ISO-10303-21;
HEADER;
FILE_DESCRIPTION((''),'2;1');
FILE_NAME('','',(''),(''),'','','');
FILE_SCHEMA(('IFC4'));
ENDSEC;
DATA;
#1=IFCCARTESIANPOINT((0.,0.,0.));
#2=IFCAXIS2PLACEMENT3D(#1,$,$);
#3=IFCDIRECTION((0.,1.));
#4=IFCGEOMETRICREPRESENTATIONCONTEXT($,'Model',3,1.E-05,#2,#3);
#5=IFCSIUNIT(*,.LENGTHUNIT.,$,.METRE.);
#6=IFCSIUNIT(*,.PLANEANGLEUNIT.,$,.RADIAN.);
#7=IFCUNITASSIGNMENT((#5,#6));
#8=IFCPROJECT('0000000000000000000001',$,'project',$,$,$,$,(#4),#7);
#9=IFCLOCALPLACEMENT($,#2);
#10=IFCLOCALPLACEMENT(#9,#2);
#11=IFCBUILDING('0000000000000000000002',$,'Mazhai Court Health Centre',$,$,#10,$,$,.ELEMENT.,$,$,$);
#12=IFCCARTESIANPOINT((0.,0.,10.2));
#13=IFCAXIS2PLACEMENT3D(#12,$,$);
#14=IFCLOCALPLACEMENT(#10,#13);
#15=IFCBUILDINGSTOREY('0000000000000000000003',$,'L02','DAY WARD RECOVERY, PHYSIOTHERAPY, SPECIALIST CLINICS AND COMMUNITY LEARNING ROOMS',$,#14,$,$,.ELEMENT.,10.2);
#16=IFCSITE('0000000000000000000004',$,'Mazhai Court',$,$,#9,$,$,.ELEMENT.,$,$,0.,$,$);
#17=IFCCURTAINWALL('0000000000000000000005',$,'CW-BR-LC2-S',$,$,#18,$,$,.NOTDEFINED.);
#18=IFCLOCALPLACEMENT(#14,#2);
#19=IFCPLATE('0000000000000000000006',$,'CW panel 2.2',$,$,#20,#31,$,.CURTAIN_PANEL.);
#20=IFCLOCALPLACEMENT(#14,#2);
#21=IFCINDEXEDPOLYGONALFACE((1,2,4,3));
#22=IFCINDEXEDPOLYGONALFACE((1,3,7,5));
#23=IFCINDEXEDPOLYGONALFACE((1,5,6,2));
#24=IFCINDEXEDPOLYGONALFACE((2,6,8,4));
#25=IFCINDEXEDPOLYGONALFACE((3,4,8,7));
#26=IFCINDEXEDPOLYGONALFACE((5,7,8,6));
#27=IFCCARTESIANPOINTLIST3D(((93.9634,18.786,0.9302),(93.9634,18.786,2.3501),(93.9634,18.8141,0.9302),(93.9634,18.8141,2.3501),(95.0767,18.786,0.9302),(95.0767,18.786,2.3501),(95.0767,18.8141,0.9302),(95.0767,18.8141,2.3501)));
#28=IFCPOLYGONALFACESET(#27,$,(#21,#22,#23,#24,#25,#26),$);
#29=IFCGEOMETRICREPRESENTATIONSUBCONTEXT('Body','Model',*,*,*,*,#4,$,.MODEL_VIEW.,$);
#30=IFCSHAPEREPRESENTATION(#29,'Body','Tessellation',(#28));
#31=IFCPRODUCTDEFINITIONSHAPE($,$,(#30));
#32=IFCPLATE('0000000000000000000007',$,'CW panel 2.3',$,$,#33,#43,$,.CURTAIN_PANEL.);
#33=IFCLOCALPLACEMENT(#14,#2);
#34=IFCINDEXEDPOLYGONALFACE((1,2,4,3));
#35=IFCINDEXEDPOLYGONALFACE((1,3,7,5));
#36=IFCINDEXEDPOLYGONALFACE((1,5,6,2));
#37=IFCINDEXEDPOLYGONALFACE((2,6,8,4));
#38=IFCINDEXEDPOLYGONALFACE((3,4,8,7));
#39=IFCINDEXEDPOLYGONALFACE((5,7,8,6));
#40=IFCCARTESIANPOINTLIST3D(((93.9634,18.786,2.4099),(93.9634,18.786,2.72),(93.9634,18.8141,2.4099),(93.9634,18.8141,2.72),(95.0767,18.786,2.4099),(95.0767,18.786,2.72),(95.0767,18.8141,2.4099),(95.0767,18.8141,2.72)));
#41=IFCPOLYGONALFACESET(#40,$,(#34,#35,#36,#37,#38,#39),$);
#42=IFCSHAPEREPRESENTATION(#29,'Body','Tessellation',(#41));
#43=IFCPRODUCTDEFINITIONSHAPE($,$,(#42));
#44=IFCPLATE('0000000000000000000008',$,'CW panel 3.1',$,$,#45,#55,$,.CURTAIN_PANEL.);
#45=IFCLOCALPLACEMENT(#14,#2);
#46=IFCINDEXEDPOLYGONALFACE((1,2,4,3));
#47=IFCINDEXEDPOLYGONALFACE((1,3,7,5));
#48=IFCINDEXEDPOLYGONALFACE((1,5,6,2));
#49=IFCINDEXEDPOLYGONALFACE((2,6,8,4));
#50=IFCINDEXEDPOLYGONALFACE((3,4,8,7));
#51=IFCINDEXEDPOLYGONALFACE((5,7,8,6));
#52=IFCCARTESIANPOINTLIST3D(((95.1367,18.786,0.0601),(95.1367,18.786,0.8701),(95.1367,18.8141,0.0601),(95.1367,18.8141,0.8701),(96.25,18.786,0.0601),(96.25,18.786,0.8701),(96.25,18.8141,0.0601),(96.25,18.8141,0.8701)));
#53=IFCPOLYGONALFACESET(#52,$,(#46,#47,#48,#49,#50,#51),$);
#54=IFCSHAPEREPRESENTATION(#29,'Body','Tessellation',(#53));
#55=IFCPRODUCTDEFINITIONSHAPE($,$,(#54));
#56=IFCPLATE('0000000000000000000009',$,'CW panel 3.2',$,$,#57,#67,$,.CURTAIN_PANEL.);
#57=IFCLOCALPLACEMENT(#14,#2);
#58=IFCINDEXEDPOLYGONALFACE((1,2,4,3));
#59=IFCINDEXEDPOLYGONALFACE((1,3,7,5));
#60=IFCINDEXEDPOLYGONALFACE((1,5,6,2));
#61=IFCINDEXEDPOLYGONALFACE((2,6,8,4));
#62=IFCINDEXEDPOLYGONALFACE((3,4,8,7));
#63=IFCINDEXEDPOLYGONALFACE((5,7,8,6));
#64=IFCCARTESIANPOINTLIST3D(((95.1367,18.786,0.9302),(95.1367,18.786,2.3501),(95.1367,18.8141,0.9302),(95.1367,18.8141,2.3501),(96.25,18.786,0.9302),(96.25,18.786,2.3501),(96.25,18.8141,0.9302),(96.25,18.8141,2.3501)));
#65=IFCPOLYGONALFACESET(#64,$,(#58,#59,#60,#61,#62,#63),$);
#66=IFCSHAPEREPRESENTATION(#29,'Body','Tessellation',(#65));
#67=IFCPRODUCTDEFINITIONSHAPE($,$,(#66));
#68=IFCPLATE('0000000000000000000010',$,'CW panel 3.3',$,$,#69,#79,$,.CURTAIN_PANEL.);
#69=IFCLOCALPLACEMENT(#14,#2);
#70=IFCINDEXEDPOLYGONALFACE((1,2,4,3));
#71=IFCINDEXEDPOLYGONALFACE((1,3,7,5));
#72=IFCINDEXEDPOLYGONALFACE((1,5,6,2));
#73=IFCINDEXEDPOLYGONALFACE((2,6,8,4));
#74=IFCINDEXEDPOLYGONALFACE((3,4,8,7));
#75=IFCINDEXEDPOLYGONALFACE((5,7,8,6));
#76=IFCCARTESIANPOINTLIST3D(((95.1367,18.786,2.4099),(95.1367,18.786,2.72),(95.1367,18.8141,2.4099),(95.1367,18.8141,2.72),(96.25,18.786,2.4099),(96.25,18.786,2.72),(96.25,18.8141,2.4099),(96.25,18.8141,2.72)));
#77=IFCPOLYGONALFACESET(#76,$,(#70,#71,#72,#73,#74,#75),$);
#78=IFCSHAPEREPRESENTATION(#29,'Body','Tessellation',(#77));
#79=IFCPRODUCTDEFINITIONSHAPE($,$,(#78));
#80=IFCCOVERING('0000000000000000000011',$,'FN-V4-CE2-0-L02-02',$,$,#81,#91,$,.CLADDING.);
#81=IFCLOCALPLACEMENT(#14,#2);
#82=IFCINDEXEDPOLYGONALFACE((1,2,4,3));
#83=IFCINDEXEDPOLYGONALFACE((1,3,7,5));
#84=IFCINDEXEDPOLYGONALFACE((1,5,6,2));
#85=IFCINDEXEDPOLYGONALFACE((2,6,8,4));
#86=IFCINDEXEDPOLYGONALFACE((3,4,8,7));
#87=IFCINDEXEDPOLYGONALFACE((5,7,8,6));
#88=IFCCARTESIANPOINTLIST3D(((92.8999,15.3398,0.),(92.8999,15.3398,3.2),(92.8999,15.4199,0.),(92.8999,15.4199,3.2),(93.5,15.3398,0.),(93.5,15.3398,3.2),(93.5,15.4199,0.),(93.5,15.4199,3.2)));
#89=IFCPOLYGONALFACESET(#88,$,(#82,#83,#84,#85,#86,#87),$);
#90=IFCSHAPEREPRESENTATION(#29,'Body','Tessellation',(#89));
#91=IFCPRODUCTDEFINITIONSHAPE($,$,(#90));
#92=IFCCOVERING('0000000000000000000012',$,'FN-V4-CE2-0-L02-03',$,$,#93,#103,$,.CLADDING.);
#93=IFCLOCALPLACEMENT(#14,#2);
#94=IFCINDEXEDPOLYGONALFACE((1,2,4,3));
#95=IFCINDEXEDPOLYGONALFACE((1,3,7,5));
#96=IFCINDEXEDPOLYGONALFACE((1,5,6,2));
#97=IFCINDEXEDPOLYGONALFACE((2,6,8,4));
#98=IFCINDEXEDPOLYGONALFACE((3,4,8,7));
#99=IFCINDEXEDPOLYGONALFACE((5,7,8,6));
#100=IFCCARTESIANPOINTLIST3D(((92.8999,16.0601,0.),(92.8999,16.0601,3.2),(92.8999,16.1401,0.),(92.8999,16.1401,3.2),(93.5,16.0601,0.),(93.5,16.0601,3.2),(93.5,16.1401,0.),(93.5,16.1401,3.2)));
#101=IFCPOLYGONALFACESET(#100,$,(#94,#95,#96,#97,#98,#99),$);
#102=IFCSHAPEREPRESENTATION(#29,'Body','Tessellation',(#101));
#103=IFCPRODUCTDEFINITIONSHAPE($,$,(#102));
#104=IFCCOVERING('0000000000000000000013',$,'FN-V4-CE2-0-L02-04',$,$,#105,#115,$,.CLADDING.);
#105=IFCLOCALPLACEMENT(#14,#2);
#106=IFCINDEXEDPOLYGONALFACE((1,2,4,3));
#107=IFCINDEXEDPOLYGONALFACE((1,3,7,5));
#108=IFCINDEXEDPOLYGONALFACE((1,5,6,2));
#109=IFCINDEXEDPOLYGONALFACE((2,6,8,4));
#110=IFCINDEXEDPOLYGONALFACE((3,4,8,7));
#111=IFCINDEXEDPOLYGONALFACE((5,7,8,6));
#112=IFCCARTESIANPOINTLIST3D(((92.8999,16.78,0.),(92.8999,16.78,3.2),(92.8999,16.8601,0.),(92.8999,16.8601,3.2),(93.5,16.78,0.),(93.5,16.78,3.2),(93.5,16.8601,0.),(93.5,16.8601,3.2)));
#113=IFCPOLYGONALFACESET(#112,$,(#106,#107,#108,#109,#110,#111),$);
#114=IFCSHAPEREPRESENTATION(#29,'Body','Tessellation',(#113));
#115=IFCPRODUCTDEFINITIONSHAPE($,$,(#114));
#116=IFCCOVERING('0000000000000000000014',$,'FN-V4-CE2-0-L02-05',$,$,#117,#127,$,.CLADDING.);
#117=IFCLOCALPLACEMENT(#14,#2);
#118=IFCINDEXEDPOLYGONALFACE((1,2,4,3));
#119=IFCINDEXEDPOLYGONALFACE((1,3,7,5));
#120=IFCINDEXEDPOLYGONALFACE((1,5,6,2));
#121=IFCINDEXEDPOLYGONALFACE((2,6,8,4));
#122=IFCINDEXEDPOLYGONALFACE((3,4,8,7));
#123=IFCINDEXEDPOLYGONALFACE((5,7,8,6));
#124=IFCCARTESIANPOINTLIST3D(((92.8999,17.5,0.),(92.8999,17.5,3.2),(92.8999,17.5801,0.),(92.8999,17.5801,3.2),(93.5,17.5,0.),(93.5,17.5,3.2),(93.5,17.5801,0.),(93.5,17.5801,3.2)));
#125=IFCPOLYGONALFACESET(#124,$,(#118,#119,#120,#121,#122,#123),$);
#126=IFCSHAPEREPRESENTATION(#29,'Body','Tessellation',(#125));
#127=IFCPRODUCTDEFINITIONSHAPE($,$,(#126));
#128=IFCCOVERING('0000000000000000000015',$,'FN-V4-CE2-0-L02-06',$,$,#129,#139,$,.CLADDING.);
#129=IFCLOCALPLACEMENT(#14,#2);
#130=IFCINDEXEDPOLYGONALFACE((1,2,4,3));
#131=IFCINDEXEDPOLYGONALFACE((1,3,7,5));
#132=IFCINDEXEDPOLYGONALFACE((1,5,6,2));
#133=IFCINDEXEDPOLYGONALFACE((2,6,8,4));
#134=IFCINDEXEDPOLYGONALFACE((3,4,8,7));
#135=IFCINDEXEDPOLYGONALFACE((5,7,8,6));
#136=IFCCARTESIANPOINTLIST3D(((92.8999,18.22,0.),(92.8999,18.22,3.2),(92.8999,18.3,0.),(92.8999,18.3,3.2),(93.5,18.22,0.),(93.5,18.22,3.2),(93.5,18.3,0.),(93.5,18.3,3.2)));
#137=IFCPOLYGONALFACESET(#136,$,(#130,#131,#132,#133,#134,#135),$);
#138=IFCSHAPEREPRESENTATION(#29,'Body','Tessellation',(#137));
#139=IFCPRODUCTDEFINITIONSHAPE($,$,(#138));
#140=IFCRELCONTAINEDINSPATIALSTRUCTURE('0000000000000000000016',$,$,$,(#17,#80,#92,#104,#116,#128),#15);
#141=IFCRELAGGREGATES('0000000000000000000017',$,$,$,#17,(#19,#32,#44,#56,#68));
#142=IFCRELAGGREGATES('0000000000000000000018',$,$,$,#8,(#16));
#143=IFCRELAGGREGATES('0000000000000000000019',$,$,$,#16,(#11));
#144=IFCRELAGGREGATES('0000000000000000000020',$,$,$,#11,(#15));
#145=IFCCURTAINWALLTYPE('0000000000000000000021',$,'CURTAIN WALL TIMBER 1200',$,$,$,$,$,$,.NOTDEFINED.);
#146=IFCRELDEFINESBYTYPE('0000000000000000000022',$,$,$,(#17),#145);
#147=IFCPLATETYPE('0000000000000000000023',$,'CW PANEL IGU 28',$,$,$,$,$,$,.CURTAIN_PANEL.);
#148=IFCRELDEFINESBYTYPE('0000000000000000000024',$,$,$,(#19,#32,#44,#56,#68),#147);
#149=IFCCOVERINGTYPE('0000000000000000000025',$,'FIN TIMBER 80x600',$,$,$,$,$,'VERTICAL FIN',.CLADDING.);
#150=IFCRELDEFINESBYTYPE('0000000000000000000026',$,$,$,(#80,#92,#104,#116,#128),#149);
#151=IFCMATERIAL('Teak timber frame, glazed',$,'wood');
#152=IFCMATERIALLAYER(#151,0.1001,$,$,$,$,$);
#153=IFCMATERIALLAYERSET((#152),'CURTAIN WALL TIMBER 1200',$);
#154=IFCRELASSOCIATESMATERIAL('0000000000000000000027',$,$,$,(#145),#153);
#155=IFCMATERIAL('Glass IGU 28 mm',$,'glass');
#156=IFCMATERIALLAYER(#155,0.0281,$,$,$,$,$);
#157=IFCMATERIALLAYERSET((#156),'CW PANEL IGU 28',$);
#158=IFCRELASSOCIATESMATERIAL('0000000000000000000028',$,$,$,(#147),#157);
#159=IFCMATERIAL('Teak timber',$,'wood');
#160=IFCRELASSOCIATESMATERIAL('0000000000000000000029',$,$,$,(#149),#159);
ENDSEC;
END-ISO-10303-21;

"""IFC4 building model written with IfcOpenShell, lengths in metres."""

from ifc_helpers import new_model, si_unit, direction, frame, origin, origin_2d, place, context, subcontext, project, spatial, rectangle, extrude, material, layer, layer_set, type_object, element, aggregate, save


model = new_model("IFC4")

# Units and contexts
model_context = context("Model", 3, precision=1e-05, world=origin(), true_north=direction((0.0, 1.0)))
body_context = subcontext(model_context, "Body", "Model", "MODEL_VIEW")
ifc_project = project(units=[si_unit("LENGTHUNIT", "METRE"), si_unit("PLANEANGLEUNIT", "RADIAN")], contexts=[model_context])

# Site, building, storey
site_placement = place(None, origin())
site = spatial("IfcSite", under=ifc_project, at=site_placement, Name="Mazhai Court", CompositionType="ELEMENT", RefElevation=0.0)
building_placement = place(site_placement, origin())
building = spatial("IfcBuilding", under=site, at=building_placement, Name="Mazhai Court Health Centre", CompositionType="ELEMENT")
storey_placement = place(building_placement, frame((0.0, 0.0, 10.2)))
storey = spatial("IfcBuildingStorey", under=building, at=storey_placement, Name="L02", Description="DAY WARD RECOVERY, PHYSIOTHERAPY, SPECIALIST CLINICS AND COMMUNITY LEARNING ROOMS", CompositionType="ELEMENT", Elevation=10.2)

# Curtain wall, plates
ifc_material_1 = material(Name="Teak timber frame, glazed", Category="wood")
ifc_layer_1 = layer(ifc_material_1, 0.1001)
ifc_layer_set_1 = layer_set([ifc_layer_1], Name="CURTAIN WALL TIMBER 1200")
curtain_wall_type = type_object("IfcCurtainWallType", Name="CURTAIN WALL TIMBER 1200", PredefinedType="NOTDEFINED", material=ifc_layer_set_1)
curtain_wall_placement = place(storey_placement, origin())
curtain_wall = element("IfcCurtainWall", 1, at=curtain_wall_placement, inside=storey, type_object=curtain_wall_type, Name="CW-BR-LC2-S", PredefinedType="NOTDEFINED")
ifc_material_2 = material(Name="Glass IGU 28 mm", Category="glass")
ifc_layer_2 = layer(ifc_material_2, 0.0281)
ifc_layer_set_2 = layer_set([ifc_layer_2], Name="CW PANEL IGU 28")
plate_type = type_object("IfcPlateType", Name="CW PANEL IGU 28", PredefinedType="CURTAIN_PANEL", material=ifc_layer_set_2)
plate_1_placement = place(storey_placement, frame((94.52, 18.8, 0.9302), z_axis=(0.0, 0.0, 1.0), x_axis=(1.0, 0.0, 0.0)))
plate_1 = element("IfcPlate", 2, at=plate_1_placement, type_object=plate_type, Name="CW panel 2.2", PredefinedType="CURTAIN_PANEL", context=body_context, shape_type="SweptSolid", body=[
    extrude(rectangle(XDim=1.1133, YDim=0.0281, at=origin_2d()), origin(), (0.0, 0.0, 1.0), 1.4199),
])
plate_2_placement = place(storey_placement, frame((94.52, 18.8, 2.4099), z_axis=(0.0, 0.0, 1.0), x_axis=(1.0, 0.0, 0.0)))
plate_2 = element("IfcPlate", 3, at=plate_2_placement, type_object=plate_type, Name="CW panel 2.3", PredefinedType="CURTAIN_PANEL", context=body_context, shape_type="SweptSolid", body=[
    extrude(rectangle(XDim=1.1133, YDim=0.0281, at=origin_2d()), origin(), (0.0, 0.0, 1.0), 0.3101),
])
plate_3_placement = place(storey_placement, frame((95.6934, 18.8, 0.0601), z_axis=(0.0, 0.0, 1.0), x_axis=(1.0, 0.0, 0.0)))
plate_3 = element("IfcPlate", 4, at=plate_3_placement, type_object=plate_type, Name="CW panel 3.1", PredefinedType="CURTAIN_PANEL", context=body_context, shape_type="SweptSolid", body=[
    extrude(rectangle(XDim=1.1133, YDim=0.0281, at=origin_2d()), origin(), (0.0, 0.0, 1.0), 0.8101),
])
plate_4_placement = place(storey_placement, frame((95.6934, 18.8, 0.9302), z_axis=(0.0, 0.0, 1.0), x_axis=(1.0, 0.0, 0.0)))
plate_4 = element("IfcPlate", 5, at=plate_4_placement, type_object=plate_type, Name="CW panel 3.2", PredefinedType="CURTAIN_PANEL", context=body_context, shape_type="SweptSolid", body=[
    extrude(rectangle(XDim=1.1133, YDim=0.0281, at=origin_2d()), origin(), (0.0, 0.0, 1.0), 1.4199),
])
plate_5_placement = place(storey_placement, frame((95.6934, 18.8, 2.4099), z_axis=(0.0, 0.0, 1.0), x_axis=(1.0, 0.0, 0.0)))
plate_5 = element("IfcPlate", 6, at=plate_5_placement, type_object=plate_type, Name="CW panel 3.3", PredefinedType="CURTAIN_PANEL", context=body_context, shape_type="SweptSolid", body=[
    extrude(rectangle(XDim=1.1133, YDim=0.0281, at=origin_2d()), origin(), (0.0, 0.0, 1.0), 0.3101),
])
aggregate(curtain_wall, [plate_1, plate_2, plate_3, plate_4, plate_5])

# Coverings
ifc_material_3 = material(Name="Teak timber", Category="wood")
covering_type = type_object("IfcCoveringType", Name="FIN TIMBER 80x600", ElementType="VERTICAL FIN", PredefinedType="CLADDING", material=ifc_material_3)
for number, where, z_axis, x_axis, name in (
    (7, (93.2, 15.3799, 0.0), (0.0, 0.0, 1.0), (0.0, 1.0, 0.0), "FN-V4-CE2-0-L02-02"),
    (8, (93.2, 16.1001, 0.0), (0.0, 0.0, 1.0), (0.0, 1.0, 0.0), "FN-V4-CE2-0-L02-03"),
    (9, (93.2, 16.8201, 0.0), (0.0, 0.0, 1.0), (0.0, 1.0, 0.0), "FN-V4-CE2-0-L02-04"),
    (10, (93.2, 17.54, 0.0), (0.0, 0.0, 1.0), (0.0, 1.0, 0.0), "FN-V4-CE2-0-L02-05"),
    (11, (93.2, 18.26, 0.0), (0.0, 0.0, 1.0), (0.0, 1.0, 0.0), "FN-V4-CE2-0-L02-06"),
):
    element("IfcCovering", number, at=place(storey_placement, frame(where, z_axis=z_axis, x_axis=x_axis)), inside=storey, type_object=covering_type, Name=name, PredefinedType="CLADDING", context=body_context, shape_type="SweptSolid", body=[
        extrude(rectangle(XDim=0.0801, YDim=0.6001, at=origin_2d()), origin(), (0.0, 0.0, 1.0), 3.2),
    ])

save(model, "model.ifc")
